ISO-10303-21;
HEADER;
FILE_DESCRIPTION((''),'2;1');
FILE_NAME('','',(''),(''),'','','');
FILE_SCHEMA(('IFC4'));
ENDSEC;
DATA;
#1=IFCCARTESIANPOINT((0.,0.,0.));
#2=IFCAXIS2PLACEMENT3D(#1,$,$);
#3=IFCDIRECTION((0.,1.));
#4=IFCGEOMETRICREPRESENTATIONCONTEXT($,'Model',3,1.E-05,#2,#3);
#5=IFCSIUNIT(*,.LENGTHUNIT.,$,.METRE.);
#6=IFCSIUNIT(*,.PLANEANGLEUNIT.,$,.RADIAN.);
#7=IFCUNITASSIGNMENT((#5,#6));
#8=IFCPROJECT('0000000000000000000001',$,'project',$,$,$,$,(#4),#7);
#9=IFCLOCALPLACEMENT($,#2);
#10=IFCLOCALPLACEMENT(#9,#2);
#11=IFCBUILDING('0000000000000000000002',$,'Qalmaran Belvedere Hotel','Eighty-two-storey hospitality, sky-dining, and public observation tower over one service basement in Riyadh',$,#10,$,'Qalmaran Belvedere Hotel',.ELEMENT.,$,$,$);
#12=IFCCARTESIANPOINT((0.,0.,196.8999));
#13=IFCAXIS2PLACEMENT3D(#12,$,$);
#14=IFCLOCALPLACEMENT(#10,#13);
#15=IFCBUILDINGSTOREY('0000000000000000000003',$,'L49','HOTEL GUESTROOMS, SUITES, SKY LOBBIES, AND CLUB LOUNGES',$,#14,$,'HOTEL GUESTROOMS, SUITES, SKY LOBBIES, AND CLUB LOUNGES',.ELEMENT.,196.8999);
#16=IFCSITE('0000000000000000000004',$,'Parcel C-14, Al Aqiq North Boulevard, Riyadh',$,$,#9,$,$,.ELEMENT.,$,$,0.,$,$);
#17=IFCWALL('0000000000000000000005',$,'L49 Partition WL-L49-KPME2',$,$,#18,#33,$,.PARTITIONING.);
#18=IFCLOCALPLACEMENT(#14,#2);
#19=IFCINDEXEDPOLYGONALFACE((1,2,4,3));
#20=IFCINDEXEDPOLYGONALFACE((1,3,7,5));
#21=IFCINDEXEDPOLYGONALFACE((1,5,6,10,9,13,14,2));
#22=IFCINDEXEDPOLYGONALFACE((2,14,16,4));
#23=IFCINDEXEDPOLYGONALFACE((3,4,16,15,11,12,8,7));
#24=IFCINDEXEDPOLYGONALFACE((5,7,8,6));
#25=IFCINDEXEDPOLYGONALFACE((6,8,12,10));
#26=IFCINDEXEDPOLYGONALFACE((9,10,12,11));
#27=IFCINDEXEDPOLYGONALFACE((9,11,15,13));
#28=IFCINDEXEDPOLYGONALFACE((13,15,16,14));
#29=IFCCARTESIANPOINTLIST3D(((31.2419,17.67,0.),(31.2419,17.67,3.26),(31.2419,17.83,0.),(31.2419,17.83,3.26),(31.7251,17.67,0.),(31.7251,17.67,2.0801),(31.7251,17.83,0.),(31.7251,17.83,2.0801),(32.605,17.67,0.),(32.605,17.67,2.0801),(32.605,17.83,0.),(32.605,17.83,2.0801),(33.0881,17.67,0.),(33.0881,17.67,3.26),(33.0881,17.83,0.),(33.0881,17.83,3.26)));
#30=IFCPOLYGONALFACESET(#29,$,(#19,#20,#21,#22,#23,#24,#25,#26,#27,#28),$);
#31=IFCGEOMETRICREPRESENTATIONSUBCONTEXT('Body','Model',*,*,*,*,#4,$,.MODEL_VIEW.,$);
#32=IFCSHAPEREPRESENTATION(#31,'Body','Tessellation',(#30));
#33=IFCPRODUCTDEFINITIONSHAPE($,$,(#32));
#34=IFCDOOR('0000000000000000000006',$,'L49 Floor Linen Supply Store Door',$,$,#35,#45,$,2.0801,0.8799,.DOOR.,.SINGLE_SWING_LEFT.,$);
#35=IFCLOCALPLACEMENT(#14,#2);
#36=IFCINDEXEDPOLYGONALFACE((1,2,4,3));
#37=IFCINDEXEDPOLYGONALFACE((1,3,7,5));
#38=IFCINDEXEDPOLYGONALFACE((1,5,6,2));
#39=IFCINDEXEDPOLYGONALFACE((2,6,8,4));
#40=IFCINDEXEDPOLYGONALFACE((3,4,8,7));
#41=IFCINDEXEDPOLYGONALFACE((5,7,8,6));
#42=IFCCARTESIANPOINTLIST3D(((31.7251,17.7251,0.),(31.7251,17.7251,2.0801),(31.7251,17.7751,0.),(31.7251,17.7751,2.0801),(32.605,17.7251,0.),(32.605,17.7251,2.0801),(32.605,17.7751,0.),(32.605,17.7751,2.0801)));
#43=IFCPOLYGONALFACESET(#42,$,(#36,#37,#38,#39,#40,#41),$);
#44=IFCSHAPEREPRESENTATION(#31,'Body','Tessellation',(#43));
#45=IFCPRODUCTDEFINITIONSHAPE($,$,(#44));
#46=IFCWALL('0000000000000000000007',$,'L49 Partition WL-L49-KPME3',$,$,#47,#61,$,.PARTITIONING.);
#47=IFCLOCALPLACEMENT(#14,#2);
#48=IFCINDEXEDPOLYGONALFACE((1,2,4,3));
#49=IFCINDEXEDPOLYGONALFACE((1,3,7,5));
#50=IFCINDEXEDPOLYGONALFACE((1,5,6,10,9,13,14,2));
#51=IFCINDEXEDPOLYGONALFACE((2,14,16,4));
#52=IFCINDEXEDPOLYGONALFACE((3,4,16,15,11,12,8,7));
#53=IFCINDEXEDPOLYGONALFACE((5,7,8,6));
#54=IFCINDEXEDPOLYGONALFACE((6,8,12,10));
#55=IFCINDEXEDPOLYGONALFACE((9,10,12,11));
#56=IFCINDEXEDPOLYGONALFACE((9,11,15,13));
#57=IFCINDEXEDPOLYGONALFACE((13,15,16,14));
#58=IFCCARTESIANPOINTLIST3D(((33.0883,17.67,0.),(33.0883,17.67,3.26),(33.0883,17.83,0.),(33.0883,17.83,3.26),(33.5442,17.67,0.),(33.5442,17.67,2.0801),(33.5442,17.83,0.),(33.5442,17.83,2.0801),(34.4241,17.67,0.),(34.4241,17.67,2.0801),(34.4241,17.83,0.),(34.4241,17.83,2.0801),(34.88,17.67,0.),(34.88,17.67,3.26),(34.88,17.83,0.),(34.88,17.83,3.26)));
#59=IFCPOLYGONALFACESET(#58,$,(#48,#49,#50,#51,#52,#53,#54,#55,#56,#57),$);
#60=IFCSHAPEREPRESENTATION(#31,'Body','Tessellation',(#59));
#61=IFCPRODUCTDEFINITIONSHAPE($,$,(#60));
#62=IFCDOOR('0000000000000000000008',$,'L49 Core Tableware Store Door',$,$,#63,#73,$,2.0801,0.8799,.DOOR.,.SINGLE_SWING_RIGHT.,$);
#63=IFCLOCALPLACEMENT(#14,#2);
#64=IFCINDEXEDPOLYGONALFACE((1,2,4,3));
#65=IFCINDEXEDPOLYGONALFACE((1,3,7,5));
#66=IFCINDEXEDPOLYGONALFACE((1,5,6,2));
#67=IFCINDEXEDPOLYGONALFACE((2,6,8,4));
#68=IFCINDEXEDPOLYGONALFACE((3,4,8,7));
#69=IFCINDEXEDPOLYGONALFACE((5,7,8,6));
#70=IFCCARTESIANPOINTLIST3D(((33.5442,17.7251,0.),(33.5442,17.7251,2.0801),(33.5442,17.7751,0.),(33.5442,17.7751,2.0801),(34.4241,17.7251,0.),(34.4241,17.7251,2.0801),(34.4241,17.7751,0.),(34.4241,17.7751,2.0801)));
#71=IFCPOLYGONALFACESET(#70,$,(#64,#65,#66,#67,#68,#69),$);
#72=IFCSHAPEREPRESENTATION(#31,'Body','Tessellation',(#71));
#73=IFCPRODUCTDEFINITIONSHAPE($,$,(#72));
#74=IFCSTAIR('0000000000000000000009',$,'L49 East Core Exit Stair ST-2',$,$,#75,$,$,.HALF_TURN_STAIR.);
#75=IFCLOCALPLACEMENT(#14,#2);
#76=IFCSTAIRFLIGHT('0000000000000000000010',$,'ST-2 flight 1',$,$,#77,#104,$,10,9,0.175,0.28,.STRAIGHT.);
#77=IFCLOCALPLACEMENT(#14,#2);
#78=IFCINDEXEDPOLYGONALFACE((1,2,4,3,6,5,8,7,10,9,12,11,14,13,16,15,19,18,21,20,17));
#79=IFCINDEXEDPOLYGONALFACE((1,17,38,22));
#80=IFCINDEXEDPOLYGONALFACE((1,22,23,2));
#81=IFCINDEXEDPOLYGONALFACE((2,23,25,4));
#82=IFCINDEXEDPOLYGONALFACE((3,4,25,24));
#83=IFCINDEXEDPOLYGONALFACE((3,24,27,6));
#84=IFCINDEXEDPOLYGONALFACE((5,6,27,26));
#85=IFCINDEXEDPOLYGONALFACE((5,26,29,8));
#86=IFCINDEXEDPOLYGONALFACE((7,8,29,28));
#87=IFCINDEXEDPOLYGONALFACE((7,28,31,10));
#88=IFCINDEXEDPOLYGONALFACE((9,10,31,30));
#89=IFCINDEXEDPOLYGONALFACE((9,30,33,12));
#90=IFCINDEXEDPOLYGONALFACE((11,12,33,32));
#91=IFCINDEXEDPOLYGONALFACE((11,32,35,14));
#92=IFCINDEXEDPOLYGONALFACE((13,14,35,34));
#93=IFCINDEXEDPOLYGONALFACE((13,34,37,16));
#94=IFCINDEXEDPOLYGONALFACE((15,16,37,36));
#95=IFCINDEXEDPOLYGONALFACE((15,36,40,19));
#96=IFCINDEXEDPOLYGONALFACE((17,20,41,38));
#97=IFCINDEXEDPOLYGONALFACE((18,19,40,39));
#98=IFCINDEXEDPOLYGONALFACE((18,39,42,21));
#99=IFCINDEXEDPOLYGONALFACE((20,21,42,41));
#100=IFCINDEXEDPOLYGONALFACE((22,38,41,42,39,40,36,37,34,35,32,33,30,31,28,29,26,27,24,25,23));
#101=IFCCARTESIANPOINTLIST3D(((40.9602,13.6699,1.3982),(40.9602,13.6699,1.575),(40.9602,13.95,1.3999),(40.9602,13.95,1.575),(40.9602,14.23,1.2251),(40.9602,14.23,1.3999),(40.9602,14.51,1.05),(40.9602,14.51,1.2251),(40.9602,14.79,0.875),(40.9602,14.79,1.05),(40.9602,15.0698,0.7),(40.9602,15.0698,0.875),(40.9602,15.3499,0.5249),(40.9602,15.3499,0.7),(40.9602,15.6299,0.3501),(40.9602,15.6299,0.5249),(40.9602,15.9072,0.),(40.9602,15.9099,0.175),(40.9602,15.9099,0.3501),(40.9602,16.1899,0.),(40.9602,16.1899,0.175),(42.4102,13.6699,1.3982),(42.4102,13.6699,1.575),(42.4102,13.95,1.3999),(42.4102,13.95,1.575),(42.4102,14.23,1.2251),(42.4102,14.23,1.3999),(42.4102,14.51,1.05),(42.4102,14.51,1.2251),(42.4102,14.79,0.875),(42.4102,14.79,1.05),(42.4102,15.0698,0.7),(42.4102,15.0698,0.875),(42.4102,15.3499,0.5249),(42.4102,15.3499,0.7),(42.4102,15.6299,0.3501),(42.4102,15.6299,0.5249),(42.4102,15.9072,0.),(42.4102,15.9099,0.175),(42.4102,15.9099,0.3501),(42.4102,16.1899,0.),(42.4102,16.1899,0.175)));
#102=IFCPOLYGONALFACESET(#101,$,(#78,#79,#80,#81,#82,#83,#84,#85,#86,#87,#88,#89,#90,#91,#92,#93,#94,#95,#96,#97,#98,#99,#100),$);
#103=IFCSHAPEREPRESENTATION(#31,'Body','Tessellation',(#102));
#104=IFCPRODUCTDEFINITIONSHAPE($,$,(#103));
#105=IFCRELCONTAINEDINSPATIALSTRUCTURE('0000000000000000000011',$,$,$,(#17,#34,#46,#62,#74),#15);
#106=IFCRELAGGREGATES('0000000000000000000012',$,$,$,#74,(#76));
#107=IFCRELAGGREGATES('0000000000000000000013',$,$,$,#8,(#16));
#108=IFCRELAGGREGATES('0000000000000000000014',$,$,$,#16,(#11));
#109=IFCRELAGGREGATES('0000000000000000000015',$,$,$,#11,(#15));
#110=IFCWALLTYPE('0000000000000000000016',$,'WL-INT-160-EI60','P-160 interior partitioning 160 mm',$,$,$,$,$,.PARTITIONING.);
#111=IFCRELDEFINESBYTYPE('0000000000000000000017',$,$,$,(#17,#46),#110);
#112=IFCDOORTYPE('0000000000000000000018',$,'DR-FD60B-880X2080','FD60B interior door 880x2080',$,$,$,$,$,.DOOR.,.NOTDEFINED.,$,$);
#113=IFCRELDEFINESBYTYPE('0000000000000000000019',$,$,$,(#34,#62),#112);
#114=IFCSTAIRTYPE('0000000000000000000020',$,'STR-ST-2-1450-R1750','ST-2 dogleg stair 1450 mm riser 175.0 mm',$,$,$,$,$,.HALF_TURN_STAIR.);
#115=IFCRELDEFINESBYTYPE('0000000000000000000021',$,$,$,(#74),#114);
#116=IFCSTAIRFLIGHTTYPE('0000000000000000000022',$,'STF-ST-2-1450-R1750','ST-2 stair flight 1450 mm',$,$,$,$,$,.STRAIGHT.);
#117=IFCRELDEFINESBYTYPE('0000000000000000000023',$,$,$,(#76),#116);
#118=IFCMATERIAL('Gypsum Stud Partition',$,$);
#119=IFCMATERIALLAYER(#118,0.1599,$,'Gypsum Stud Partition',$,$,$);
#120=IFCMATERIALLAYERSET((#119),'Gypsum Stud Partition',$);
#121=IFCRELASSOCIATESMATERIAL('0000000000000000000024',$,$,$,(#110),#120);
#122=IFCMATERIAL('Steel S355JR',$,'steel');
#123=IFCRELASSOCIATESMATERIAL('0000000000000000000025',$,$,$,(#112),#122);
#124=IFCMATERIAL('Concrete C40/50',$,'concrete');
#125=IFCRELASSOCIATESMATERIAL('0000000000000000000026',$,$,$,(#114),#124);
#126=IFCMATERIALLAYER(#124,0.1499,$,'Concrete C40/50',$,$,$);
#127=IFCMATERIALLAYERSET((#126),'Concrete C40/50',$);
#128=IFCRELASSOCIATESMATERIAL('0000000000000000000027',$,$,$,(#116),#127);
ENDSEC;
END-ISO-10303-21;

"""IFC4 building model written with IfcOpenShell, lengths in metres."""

from ifc_helpers import new_model, si_unit, direction, frame, frame_2d, origin, place, context, subcontext, project, spatial, polyline, rectangle, outline, extrude, material, layer, layer_set, type_object, element, fill, aggregate, save


model = new_model("IFC4")

# Units and contexts
model_context = context("Model", 3, precision=1e-05, world=origin(), true_north=direction((0.0, 1.0)))
body_context = subcontext(model_context, "Body", "Model", "MODEL_VIEW")
ifc_project = project(units=[si_unit("LENGTHUNIT", "METRE"), si_unit("PLANEANGLEUNIT", "RADIAN")], contexts=[model_context])

# Site, building, storey
site_placement = place(None, origin())
site = spatial("IfcSite", under=ifc_project, at=site_placement, Name="Parcel C-14, Al Aqiq North Boulevard, Riyadh", CompositionType="ELEMENT", RefElevation=0.0)
building_placement = place(site_placement, origin())
building = spatial("IfcBuilding", under=site, at=building_placement, Name="Qalmaran Belvedere Hotel", Description="Eighty-two-storey hospitality, sky-dining, and public observation tower over one service basement in Riyadh", LongName="Qalmaran Belvedere Hotel", CompositionType="ELEMENT")
storey_placement = place(building_placement, frame((0.0, 0.0, 196.8999)))
storey = spatial("IfcBuildingStorey", under=building, at=storey_placement, Name="L49", Description="HOTEL GUESTROOMS, SUITES, SKY LOBBIES, AND CLUB LOUNGES", LongName="HOTEL GUESTROOMS, SUITES, SKY LOBBIES, AND CLUB LOUNGES", CompositionType="ELEMENT", Elevation=196.8999)

# Shared definitions
ifc_material_1 = material(Name="Steel S355JR", Category="steel")

# Shared definitions
ifc_material_2 = material(Name="Gypsum Stud Partition")

# Walls, openings, doors
ifc_layer_1 = layer(ifc_material_2, 0.1599, Name="Gypsum Stud Partition")
ifc_layer_set_1 = layer_set([ifc_layer_1], Name="Gypsum Stud Partition")
wall_type_1 = type_object("IfcWallType", Name="WL-INT-160-EI60", Description="P-160 interior partitioning 160 mm", PredefinedType="PARTITIONING", material=ifc_layer_set_1)
door_type_1 = type_object("IfcDoorType", Name="DR-FD60B-880X2080", Description="FD60B interior door 880x2080", OperationType="NOTDEFINED", PredefinedType="DOOR", material=ifc_material_1)
wall_1_placement = place(storey_placement, frame((31.2419, 17.75, 0.0), z_axis=(0.0, 0.0, 1.0), x_axis=(1.0, 0.0, 0.0)))
wall_1 = element("IfcWall", 1, at=wall_1_placement, inside=storey, type_object=wall_type_1, Name="L49 Partition WL-L49-KPME2", PredefinedType="PARTITIONING", context=body_context, shape_type="SweptSolid", body=[
    extrude(rectangle(XDim=1.8462, YDim=0.1599, at=frame_2d((0.9231, 0.0))), origin(), (0.0, 0.0, 1.0), 3.26),
])
opening_1_placement = place(wall_1_placement, frame((1.363, 0.0, 0.0), z_axis=(0.0, 0.0, 1.0), x_axis=(-1.0, 0.0, 0.0)))
opening_1 = element("IfcOpeningElement", 2, at=opening_1_placement, cuts=wall_1, PredefinedType="OPENING", context=body_context, shape_type="SweptSolid", body=[
    extrude(rectangle(XDim=0.8799, YDim=2.0801, at=frame_2d((0.4399, 1.04))), frame((0.0, 0.0898, 0.0), z_axis=(0.0, -1.0, 0.0), x_axis=(1.0, 0.0, 0.0)), (0.0, 0.0, 1.0), 0.1799),
])
door_1_placement = place(opening_1_placement, origin())
door_1 = element("IfcDoor", 3, at=door_1_placement, inside=storey, type_object=door_type_1, Name="L49 Floor Linen Supply Store Door", OperationType="SINGLE_SWING_LEFT", OverallHeight=2.0801, OverallWidth=0.8799, PredefinedType="DOOR", context=body_context, shape_type="SweptSolid", body=[
    extrude(rectangle(XDim=0.8799, YDim=2.0801, at=frame_2d((0.4399, 1.04))), frame((0.0, 0.0249, 0.0), z_axis=(0.0, -1.0, 0.0), x_axis=(1.0, 0.0, 0.0)), (0.0, 0.0, 1.0), 0.05),
])
fill(opening_1, door_1)
wall_2_placement = place(storey_placement, frame((33.0881, 17.75, 0.0), z_axis=(0.0, 0.0, 1.0), x_axis=(1.0, 0.0, 0.0)))
wall_2 = element("IfcWall", 4, at=wall_2_placement, inside=storey, type_object=wall_type_1, Name="L49 Partition WL-L49-KPME3", PredefinedType="PARTITIONING", context=body_context, shape_type="SweptSolid", body=[
    extrude(rectangle(XDim=1.7917, YDim=0.1599, at=frame_2d((0.896, 0.0))), origin(), (0.0, 0.0, 1.0), 3.26),
])
opening_2_placement = place(wall_2_placement, frame((1.3359, 0.0, 0.0), z_axis=(0.0, 0.0, 1.0), x_axis=(-1.0, 0.0, 0.0)))
opening_2 = element("IfcOpeningElement", 5, at=opening_2_placement, cuts=wall_2, PredefinedType="OPENING", context=body_context, shape_type="SweptSolid", body=[
    extrude(rectangle(XDim=0.8799, YDim=2.0801, at=frame_2d((0.4399, 1.04))), frame((0.0, 0.0898, 0.0), z_axis=(0.0, -1.0, 0.0), x_axis=(1.0, 0.0, 0.0)), (0.0, 0.0, 1.0), 0.1799),
])
door_2_placement = place(opening_2_placement, origin())
door_2 = element("IfcDoor", 6, at=door_2_placement, inside=storey, type_object=door_type_1, Name="L49 Core Tableware Store Door", OperationType="SINGLE_SWING_RIGHT", OverallHeight=2.0801, OverallWidth=0.8799, PredefinedType="DOOR", context=body_context, shape_type="SweptSolid", body=[
    extrude(rectangle(XDim=0.8799, YDim=2.0801, at=frame_2d((0.4399, 1.04))), frame((0.0, 0.0249, 0.0), z_axis=(0.0, -1.0, 0.0), x_axis=(1.0, 0.0, 0.0)), (0.0, 0.0, 1.0), 0.05),
])
fill(opening_2, door_2)

# Stair, stair flight
ifc_material_3 = material(Name="Concrete C40/50", Category="concrete")
stair_type = type_object("IfcStairType", Name="STR-ST-2-1450-R1750", Description="ST-2 dogleg stair 1450 mm riser 175.0 mm", PredefinedType="HALF_TURN_STAIR", material=ifc_material_3)
stair_placement = place(storey_placement, origin())
stair = element("IfcStair", 7, at=stair_placement, inside=storey, type_object=stair_type, Name="L49 East Core Exit Stair ST-2", PredefinedType="HALF_TURN_STAIR")
ifc_layer_2 = layer(ifc_material_3, 0.1499, Name="Concrete C40/50")
ifc_layer_set_2 = layer_set([ifc_layer_2], Name="Concrete C40/50")
stair_flight_type = type_object("IfcStairFlightType", Name="STF-ST-2-1450-R1750", Description="ST-2 stair flight 1450 mm", PredefinedType="STRAIGHT", material=ifc_layer_set_2)
stair_flight_placement = place(storey_placement, frame((41.6851, 16.1899, 0.0), z_axis=(0.0, 0.0, 1.0), x_axis=(0.0, -1.0, 0.0)))
stair_flight = element("IfcStairFlight", 8, at=stair_flight_placement, type_object=stair_flight_type, Name="ST-2 flight 1", NumberOfRisers=10, NumberOfTreads=9, PredefinedType="STRAIGHT", RiserHeight=0.175, TreadLength=0.28, context=body_context, shape_type="SweptSolid", body=[
    extrude(outline(polyline([(0.0, 0.0), (0.0, 0.175), (0.28, 0.175), (0.28, 0.3501), (0.5601, 0.3501), (0.5601, 0.5249), (0.8401, 0.5249), (0.8401, 0.7), (1.1201, 0.7), (1.1201, 0.875), (1.3999, 0.875), (1.3999, 1.05), (1.6799, 1.05), (1.6799, 1.2251), (1.96, 1.2251), (1.96, 1.3999), (2.24, 1.3999), (2.24, 1.575), (2.52, 1.575), (2.52, 1.75), (2.52, 1.3982), (0.2827, 0.0), (0.0, 0.0)])), frame((0.0, 0.7251, 0.0), z_axis=(0.0, -1.0, 0.0), x_axis=(1.0, 0.0, 0.0)), (0.0, 0.0, 1.0), 1.45),
])
aggregate(stair, [stair_flight])

save(model, "model.ifc")
